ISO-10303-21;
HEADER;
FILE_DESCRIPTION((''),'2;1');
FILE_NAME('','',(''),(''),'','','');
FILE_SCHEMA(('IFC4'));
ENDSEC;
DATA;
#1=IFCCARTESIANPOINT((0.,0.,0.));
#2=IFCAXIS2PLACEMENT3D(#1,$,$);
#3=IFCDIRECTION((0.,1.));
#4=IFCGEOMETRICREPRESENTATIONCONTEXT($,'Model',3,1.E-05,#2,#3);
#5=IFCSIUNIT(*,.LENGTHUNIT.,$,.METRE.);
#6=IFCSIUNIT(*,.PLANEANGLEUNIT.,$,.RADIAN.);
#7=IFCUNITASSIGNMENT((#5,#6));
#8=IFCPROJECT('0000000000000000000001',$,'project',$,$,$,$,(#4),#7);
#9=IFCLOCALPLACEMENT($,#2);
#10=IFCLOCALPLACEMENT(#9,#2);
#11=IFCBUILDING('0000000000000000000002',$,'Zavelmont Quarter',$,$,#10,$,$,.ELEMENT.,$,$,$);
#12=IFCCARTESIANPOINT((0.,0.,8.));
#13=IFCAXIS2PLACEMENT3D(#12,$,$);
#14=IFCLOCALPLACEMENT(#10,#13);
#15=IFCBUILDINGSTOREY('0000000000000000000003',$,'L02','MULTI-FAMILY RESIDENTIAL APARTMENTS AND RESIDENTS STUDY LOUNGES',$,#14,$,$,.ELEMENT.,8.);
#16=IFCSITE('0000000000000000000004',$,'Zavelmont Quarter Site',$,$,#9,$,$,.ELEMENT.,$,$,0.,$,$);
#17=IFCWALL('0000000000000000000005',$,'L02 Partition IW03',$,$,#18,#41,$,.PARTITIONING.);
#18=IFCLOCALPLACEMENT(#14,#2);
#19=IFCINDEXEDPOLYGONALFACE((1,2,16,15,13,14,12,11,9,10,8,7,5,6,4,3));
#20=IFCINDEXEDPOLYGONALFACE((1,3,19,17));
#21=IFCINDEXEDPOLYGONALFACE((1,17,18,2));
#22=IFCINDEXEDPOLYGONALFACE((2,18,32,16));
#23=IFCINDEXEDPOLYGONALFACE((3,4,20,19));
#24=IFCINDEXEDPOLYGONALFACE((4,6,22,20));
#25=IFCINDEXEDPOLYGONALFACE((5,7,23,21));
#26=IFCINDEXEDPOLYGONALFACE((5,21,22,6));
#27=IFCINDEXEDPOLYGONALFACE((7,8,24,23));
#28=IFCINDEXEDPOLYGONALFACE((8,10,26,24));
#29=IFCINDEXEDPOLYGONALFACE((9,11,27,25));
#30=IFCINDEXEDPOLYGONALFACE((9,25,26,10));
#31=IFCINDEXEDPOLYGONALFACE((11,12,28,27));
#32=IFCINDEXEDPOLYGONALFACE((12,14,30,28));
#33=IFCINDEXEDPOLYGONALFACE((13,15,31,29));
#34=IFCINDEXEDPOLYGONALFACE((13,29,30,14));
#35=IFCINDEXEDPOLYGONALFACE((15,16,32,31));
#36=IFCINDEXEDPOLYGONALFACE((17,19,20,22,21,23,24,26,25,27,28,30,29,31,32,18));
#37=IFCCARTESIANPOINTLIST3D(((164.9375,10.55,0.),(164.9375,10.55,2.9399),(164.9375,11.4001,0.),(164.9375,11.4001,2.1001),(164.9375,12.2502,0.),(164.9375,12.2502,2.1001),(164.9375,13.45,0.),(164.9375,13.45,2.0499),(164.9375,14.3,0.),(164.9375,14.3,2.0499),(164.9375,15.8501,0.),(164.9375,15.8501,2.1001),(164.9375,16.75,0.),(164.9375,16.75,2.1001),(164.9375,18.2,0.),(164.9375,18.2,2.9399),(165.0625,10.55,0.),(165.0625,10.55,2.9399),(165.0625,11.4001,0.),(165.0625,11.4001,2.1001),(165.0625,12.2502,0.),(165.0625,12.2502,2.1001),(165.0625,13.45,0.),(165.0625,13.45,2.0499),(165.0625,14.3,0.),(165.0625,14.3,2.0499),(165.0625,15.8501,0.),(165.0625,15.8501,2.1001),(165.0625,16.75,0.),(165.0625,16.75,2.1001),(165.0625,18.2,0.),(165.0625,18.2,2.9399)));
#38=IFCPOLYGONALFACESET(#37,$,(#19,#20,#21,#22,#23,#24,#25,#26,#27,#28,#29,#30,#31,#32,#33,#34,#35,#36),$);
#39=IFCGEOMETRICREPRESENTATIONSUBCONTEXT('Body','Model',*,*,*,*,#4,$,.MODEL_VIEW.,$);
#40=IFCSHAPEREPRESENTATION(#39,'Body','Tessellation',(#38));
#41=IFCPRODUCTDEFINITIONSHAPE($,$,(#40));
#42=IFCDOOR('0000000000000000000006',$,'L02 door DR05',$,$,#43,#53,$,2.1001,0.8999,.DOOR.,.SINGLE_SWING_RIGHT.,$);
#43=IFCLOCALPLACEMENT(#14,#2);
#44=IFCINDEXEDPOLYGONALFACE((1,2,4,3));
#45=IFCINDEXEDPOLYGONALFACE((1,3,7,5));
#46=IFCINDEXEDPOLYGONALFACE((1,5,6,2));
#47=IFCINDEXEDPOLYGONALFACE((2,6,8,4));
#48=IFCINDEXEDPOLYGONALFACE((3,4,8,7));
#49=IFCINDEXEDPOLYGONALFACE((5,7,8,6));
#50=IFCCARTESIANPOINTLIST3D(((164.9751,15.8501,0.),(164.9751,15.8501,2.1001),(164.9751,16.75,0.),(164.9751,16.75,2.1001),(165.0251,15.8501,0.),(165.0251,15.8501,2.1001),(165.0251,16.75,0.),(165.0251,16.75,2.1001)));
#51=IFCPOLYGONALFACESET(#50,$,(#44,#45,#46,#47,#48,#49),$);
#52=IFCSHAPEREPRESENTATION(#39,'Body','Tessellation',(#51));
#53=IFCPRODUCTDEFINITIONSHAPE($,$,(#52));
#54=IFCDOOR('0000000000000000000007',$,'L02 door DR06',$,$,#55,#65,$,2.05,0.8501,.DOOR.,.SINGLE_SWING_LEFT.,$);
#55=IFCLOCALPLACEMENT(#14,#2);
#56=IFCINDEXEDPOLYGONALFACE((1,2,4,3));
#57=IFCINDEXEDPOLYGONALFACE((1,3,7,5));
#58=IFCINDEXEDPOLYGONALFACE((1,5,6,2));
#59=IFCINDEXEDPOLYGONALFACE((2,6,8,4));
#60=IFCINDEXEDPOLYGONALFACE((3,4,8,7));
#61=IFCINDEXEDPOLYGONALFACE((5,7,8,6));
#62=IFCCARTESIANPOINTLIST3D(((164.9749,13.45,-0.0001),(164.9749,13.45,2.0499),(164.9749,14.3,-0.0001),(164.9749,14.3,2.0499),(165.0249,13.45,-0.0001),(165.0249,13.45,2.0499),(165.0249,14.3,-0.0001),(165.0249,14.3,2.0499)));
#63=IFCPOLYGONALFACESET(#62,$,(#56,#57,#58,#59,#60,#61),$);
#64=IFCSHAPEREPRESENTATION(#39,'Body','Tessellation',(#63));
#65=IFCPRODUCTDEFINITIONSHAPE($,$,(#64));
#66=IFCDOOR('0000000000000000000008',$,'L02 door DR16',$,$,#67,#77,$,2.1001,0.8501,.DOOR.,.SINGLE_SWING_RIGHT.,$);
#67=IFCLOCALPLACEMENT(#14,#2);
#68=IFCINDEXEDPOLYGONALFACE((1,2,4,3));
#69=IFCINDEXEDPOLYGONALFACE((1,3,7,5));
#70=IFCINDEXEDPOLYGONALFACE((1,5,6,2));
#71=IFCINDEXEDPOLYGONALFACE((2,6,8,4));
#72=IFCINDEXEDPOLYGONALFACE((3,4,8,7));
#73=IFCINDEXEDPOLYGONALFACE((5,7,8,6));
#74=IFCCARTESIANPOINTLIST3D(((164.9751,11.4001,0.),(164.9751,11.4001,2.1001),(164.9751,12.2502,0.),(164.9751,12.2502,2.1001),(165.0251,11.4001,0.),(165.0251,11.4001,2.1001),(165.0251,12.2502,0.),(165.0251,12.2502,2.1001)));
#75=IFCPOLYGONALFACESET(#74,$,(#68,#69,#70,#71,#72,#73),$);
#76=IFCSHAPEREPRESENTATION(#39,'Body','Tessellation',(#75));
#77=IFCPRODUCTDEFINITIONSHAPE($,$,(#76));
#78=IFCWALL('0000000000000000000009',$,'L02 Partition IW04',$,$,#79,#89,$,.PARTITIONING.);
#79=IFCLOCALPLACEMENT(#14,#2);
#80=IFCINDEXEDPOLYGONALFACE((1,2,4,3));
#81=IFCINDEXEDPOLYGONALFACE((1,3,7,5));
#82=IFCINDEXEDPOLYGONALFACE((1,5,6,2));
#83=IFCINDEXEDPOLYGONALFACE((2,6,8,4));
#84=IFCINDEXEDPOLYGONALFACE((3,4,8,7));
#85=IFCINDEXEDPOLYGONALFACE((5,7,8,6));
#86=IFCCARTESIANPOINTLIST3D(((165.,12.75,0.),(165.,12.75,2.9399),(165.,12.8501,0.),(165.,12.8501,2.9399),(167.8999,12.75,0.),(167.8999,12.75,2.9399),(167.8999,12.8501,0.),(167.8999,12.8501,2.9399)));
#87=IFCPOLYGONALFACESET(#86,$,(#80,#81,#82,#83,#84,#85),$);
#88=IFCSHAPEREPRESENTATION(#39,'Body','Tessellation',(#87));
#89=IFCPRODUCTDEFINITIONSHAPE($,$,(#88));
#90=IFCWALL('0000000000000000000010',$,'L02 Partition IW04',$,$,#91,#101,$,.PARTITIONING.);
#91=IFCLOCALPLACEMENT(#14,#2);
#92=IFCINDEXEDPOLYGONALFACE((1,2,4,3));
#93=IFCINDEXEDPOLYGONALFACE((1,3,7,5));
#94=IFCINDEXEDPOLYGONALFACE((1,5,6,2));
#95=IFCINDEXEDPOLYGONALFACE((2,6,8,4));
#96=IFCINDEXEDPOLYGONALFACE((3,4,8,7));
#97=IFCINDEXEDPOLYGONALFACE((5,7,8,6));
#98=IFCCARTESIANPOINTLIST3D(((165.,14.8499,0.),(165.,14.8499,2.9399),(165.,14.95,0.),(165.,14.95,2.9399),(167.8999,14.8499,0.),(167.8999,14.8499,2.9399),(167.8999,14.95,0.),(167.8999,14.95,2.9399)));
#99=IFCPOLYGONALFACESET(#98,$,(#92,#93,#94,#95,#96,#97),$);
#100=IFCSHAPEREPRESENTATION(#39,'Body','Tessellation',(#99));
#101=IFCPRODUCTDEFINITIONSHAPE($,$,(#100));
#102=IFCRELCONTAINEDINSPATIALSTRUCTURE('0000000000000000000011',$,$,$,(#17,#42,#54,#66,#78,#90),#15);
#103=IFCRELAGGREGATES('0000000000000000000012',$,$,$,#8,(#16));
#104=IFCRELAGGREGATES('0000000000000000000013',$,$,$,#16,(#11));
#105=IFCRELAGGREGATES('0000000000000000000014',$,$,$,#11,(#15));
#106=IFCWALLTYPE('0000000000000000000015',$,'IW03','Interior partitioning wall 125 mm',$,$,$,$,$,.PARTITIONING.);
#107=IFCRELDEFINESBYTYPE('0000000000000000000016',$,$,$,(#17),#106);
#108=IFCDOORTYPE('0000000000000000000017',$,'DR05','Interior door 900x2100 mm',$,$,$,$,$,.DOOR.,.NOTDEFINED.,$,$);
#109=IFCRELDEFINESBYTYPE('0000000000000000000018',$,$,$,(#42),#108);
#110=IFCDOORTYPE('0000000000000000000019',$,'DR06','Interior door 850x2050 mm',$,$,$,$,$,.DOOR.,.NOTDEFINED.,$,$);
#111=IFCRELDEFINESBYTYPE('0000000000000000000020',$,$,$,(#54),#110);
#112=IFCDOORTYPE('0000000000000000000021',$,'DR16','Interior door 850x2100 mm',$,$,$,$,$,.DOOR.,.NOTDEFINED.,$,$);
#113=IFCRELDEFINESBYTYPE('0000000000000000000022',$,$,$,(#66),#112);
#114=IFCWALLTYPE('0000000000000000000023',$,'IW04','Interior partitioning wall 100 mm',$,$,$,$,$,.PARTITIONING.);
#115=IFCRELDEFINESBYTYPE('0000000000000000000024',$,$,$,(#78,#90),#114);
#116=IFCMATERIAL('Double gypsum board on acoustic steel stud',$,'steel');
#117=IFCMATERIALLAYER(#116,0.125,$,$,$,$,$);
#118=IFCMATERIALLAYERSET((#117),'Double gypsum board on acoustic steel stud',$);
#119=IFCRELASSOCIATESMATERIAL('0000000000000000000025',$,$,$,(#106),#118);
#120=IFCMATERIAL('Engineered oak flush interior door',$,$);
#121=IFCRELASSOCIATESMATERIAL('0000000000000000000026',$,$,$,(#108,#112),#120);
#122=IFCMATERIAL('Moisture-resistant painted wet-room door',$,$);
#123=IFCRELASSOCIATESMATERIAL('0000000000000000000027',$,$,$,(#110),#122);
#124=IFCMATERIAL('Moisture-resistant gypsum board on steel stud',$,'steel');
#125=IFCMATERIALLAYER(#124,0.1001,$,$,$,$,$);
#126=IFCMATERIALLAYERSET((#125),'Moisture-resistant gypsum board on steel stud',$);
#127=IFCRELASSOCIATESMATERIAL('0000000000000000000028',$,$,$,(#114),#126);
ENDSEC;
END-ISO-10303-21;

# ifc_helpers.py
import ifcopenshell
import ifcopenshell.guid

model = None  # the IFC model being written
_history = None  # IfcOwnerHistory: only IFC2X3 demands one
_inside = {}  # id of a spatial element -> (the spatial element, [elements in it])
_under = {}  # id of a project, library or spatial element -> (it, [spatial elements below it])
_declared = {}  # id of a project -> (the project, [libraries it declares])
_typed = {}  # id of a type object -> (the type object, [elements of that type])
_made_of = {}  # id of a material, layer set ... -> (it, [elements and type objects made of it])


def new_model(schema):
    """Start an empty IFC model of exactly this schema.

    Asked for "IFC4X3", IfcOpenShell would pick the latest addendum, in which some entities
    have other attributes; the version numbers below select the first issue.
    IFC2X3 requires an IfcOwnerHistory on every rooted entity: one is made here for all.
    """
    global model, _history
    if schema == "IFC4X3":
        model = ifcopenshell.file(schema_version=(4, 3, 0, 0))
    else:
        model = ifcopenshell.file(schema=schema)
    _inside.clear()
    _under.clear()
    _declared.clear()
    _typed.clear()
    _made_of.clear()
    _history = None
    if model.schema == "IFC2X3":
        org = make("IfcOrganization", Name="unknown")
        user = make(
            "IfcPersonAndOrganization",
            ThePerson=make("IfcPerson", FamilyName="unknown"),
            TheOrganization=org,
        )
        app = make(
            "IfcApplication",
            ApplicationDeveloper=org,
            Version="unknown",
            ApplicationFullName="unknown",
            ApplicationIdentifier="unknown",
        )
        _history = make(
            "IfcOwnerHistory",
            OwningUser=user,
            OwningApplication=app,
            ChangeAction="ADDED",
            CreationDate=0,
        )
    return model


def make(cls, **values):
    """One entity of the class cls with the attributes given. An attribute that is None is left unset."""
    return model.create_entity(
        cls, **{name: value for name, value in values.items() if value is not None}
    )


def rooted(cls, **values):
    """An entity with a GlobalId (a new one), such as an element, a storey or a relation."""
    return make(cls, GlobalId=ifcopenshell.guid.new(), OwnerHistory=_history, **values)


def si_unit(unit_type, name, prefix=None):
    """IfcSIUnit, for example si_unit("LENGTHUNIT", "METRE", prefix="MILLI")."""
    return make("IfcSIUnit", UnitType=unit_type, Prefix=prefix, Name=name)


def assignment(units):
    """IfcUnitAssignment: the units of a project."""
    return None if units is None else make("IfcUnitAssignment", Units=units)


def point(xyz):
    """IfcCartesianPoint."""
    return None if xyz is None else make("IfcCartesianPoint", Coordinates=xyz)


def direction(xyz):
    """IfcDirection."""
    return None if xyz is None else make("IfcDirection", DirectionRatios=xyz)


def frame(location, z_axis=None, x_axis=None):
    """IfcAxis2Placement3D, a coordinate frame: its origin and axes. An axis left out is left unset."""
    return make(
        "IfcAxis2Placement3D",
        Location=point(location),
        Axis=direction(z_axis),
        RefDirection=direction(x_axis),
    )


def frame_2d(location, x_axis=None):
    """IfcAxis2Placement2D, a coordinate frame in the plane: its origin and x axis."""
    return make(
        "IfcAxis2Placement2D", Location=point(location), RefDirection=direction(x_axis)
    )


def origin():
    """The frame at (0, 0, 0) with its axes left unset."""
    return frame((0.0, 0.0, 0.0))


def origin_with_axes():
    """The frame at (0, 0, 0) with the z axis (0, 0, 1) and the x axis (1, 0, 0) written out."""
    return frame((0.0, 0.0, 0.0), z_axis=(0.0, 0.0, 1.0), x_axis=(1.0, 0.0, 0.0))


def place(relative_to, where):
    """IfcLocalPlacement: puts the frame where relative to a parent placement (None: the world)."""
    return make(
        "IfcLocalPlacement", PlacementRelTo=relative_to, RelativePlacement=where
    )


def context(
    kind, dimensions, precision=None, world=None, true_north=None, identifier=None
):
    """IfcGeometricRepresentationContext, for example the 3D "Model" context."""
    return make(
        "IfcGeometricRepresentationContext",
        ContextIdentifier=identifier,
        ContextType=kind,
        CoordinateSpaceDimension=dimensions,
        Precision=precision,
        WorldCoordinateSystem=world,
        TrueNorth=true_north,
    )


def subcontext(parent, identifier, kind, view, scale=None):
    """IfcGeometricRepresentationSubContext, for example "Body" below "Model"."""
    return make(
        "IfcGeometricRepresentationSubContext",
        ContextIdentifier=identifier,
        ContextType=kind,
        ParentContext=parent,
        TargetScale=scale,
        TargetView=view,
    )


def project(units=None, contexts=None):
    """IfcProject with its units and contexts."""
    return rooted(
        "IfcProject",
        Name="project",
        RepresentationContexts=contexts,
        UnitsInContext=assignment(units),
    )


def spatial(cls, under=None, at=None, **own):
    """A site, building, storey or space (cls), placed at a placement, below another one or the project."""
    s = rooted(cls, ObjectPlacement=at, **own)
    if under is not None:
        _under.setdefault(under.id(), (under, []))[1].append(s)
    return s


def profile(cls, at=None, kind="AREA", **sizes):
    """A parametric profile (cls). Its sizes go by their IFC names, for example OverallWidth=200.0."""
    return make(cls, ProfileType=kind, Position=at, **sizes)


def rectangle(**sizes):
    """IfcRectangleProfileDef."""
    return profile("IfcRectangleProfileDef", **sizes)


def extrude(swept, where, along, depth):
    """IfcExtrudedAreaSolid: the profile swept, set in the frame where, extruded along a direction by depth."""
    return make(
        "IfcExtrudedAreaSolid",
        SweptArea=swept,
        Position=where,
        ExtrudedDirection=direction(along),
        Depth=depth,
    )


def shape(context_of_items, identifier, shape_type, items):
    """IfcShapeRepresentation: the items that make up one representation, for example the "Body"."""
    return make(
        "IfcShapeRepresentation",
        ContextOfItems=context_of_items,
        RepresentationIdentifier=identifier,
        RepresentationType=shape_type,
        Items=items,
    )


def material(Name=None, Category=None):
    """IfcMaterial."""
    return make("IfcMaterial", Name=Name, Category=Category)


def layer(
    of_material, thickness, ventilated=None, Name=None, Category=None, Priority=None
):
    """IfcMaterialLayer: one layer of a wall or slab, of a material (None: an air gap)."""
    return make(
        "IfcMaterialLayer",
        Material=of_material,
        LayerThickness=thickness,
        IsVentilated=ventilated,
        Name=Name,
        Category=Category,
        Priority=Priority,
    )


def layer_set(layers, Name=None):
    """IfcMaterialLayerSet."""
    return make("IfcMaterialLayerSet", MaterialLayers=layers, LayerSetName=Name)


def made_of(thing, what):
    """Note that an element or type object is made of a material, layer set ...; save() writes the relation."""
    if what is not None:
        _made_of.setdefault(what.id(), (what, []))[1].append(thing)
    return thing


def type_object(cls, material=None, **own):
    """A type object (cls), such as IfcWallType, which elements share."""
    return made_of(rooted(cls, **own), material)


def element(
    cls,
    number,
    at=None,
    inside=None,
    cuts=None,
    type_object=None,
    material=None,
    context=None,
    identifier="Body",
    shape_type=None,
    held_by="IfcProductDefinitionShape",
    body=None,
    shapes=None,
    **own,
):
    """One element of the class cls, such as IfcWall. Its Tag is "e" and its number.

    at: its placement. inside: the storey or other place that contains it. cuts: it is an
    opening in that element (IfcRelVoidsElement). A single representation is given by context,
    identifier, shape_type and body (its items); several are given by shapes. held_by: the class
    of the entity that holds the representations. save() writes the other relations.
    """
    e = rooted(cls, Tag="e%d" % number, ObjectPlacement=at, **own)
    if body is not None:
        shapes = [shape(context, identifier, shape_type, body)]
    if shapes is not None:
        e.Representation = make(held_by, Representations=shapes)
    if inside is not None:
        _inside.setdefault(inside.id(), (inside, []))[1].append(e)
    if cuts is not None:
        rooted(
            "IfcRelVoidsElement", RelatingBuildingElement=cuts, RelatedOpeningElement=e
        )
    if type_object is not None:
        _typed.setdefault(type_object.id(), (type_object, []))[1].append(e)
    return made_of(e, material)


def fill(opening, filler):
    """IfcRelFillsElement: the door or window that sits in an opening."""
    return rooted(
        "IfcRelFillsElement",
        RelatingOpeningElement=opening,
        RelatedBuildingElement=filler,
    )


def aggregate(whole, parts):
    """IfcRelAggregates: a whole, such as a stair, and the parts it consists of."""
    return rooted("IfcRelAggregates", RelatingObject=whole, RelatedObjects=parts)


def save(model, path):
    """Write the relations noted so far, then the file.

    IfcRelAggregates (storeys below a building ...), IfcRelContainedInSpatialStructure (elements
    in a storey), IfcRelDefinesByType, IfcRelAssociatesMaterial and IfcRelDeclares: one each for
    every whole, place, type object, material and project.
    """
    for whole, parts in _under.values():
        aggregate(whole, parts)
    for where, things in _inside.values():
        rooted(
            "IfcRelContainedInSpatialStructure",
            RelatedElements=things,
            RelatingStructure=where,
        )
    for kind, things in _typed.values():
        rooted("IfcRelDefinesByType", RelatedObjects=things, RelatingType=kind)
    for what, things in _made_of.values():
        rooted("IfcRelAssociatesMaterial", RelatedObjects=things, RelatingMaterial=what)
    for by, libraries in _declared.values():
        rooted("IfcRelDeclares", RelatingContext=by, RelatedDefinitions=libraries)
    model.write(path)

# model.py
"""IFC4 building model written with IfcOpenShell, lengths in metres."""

from ifc_helpers import new_model, si_unit, direction, frame, frame_2d, origin, origin_with_axes, place, context, subcontext, project, spatial, rectangle, extrude, material, layer, layer_set, type_object, element, fill, save


model = new_model("IFC4")

# Units and contexts
model_context = context("Model", 3, precision=1e-05, world=origin(), true_north=direction((0.0, 1.0)))
body_context = subcontext(model_context, "Body", "Model", "MODEL_VIEW")
ifc_project = project(units=[si_unit("LENGTHUNIT", "METRE"), si_unit("PLANEANGLEUNIT", "RADIAN")], contexts=[model_context])

# Site, building, storey
site_placement = place(None, origin())
site = spatial("IfcSite", under=ifc_project, at=site_placement, Name="Zavelmont Quarter Site", CompositionType="ELEMENT", RefElevation=0.0)
building_placement = place(site_placement, origin())
building = spatial("IfcBuilding", under=site, at=building_placement, Name="Zavelmont Quarter", CompositionType="ELEMENT")
storey_placement = place(building_placement, frame((0.0, 0.0, 8.0)))
storey = spatial("IfcBuildingStorey", under=building, at=storey_placement, Name="L02", Description="MULTI-FAMILY RESIDENTIAL APARTMENTS AND RESIDENTS STUDY LOUNGES", CompositionType="ELEMENT", Elevation=8.0)

# Wall, openings, doors
ifc_material_1 = material(Name="Double gypsum board on acoustic steel stud", Category="steel")
ifc_layer_1 = layer(ifc_material_1, 0.125)
ifc_layer_set_1 = layer_set([ifc_layer_1], Name="Double gypsum board on acoustic steel stud")
wall_type_1 = type_object("IfcWallType", Name="IW03", Description="Interior partitioning wall 125 mm", PredefinedType="PARTITIONING", material=ifc_layer_set_1)
wall_1_placement = place(storey_placement, frame((165.0, 10.55, 0.0), z_axis=(0.0, 0.0, 1.0), x_axis=(0.0, 1.0, 0.0)))
wall_1 = element("IfcWall", 1, at=wall_1_placement, inside=storey, type_object=wall_type_1, Name="L02 Partition IW03", PredefinedType="PARTITIONING", context=body_context, shape_type="SweptSolid", body=[
    extrude(rectangle(XDim=7.6499, YDim=0.125, at=frame_2d((3.825, 0.0))), origin(), (0.0, 0.0, 1.0), 2.9399),
])
opening_1_placement = place(wall_1_placement, frame((0.8501, 0.0, 0.0)))
opening_1 = element("IfcOpeningElement", 2, at=opening_1_placement, cuts=wall_1, PredefinedType="OPENING", context=body_context, shape_type="SweptSolid", body=[
    extrude(rectangle(XDim=0.8501, YDim=2.1001, at=frame_2d((0.425, 1.05))), frame((0.0, 0.0745, 0.0), z_axis=(0.0, -1.0, 0.0), x_axis=(1.0, 0.0, 0.0)), (0.0, 0.0, 1.0), 0.1489),
])
opening_2_placement = place(wall_1_placement, frame((2.8999, 0.0, 0.0)))
opening_2 = element("IfcOpeningElement", 3, at=opening_2_placement, cuts=wall_1, PredefinedType="OPENING", context=body_context, shape_type="SweptSolid", body=[
    extrude(rectangle(XDim=0.8501, YDim=2.05, at=frame_2d((0.425, 1.0249))), frame((0.0, 0.0745, 0.0), z_axis=(0.0, -1.0, 0.0), x_axis=(1.0, 0.0, 0.0)), (0.0, 0.0, 1.0), 0.1489),
])
opening_3_placement = place(wall_1_placement, frame((5.3, 0.0, 0.0)))
opening_3 = element("IfcOpeningElement", 4, at=opening_3_placement, cuts=wall_1, PredefinedType="OPENING", context=body_context, shape_type="SweptSolid", body=[
    extrude(rectangle(XDim=0.8999, YDim=2.1001, at=frame_2d((0.45, 1.05))), frame((0.0, 0.0745, 0.0), z_axis=(0.0, -1.0, 0.0), x_axis=(1.0, 0.0, 0.0)), (0.0, 0.0, 1.0), 0.1489),
])
ifc_material_2 = material(Name="Engineered oak flush interior door")
door_type_1 = type_object("IfcDoorType", Name="DR05", Description="Interior door 900x2100 mm", OperationType="NOTDEFINED", PredefinedType="DOOR", material=ifc_material_2)
door_1_placement = place(opening_3_placement, origin_with_axes())
door_1 = element("IfcDoor", 5, at=door_1_placement, inside=storey, type_object=door_type_1, Name="L02 door DR05", OperationType="SINGLE_SWING_RIGHT", OverallHeight=2.1001, OverallWidth=0.8999, PredefinedType="DOOR", context=body_context, shape_type="SweptSolid", body=[
    extrude(rectangle(XDim=0.8999, YDim=2.1001, at=frame_2d((0.45, 1.05))), frame((0.0, 0.0249, 0.0), z_axis=(0.0, -1.0, 0.0), x_axis=(1.0, 0.0, 0.0)), (0.0, 0.0, 1.0), 0.05),
])
fill(opening_3, door_1)
ifc_material_3 = material(Name="Moisture-resistant painted wet-room door")
door_type_2 = type_object("IfcDoorType", Name="DR06", Description="Interior door 850x2050 mm", OperationType="NOTDEFINED", PredefinedType="DOOR", material=ifc_material_3)
door_2_placement = place(opening_2_placement, frame((0.8501, 0.0, 0.0), z_axis=(0.0, 0.0, 1.0), x_axis=(-1.0, 0.0, 0.0)))
door_2 = element("IfcDoor", 6, at=door_2_placement, inside=storey, type_object=door_type_2, Name="L02 door DR06", OperationType="SINGLE_SWING_LEFT", OverallHeight=2.05, OverallWidth=0.8501, PredefinedType="DOOR", context=body_context, shape_type="SweptSolid", body=[
    extrude(rectangle(XDim=0.8501, YDim=2.05, at=frame_2d((0.425, 1.0249))), frame((0.0, 0.0249, 0.0), z_axis=(0.0, -1.0, 0.0), x_axis=(1.0, 0.0, 0.0)), (0.0, 0.0, 1.0), 0.05),
])
fill(opening_2, door_2)
door_type_3 = type_object("IfcDoorType", Name="DR16", Description="Interior door 850x2100 mm", OperationType="NOTDEFINED", PredefinedType="DOOR", material=ifc_material_2)
door_3_placement = place(opening_1_placement, origin_with_axes())
door_3 = element("IfcDoor", 7, at=door_3_placement, inside=storey, type_object=door_type_3, Name="L02 door DR16", OperationType="SINGLE_SWING_RIGHT", OverallHeight=2.1001, OverallWidth=0.8501, PredefinedType="DOOR", context=body_context, shape_type="SweptSolid", body=[
    extrude(rectangle(XDim=0.8501, YDim=2.1001, at=frame_2d((0.425, 1.05))), frame((0.0, 0.0249, 0.0), z_axis=(0.0, -1.0, 0.0), x_axis=(1.0, 0.0, 0.0)), (0.0, 0.0, 1.0), 0.05),
])
fill(opening_1, door_3)

# Walls
ifc_material_4 = material(Name="Moisture-resistant gypsum board on steel stud", Category="steel")
ifc_layer_2 = layer(ifc_material_4, 0.1001)
ifc_layer_set_2 = layer_set([ifc_layer_2], Name="Moisture-resistant gypsum board on steel stud")
wall_type_2 = type_object("IfcWallType", Name="IW04", Description="Interior partitioning wall 100 mm", PredefinedType="PARTITIONING", material=ifc_layer_set_2)
for number, where, z_axis, x_axis, name in (
    (8, (165.0, 12.8, 0.0), (0.0, 0.0, 1.0), (1.0, 0.0, 0.0), "L02 Partition IW04"),
    (9, (165.0, 14.8999, 0.0), (0.0, 0.0, 1.0), (1.0, 0.0, 0.0), "L02 Partition IW04"),
):
    element("IfcWall", number, at=place(storey_placement, frame(where, z_axis=z_axis, x_axis=x_axis)), inside=storey, type_object=wall_type_2, Name=name, PredefinedType="PARTITIONING", context=body_context, shape_type="SweptSolid", body=[
        extrude(rectangle(XDim=2.8999, YDim=0.1001, at=frame_2d((1.45, 0.0))), origin(), (0.0, 0.0, 1.0), 2.9399),
    ])

save(model, "model.ifc")
